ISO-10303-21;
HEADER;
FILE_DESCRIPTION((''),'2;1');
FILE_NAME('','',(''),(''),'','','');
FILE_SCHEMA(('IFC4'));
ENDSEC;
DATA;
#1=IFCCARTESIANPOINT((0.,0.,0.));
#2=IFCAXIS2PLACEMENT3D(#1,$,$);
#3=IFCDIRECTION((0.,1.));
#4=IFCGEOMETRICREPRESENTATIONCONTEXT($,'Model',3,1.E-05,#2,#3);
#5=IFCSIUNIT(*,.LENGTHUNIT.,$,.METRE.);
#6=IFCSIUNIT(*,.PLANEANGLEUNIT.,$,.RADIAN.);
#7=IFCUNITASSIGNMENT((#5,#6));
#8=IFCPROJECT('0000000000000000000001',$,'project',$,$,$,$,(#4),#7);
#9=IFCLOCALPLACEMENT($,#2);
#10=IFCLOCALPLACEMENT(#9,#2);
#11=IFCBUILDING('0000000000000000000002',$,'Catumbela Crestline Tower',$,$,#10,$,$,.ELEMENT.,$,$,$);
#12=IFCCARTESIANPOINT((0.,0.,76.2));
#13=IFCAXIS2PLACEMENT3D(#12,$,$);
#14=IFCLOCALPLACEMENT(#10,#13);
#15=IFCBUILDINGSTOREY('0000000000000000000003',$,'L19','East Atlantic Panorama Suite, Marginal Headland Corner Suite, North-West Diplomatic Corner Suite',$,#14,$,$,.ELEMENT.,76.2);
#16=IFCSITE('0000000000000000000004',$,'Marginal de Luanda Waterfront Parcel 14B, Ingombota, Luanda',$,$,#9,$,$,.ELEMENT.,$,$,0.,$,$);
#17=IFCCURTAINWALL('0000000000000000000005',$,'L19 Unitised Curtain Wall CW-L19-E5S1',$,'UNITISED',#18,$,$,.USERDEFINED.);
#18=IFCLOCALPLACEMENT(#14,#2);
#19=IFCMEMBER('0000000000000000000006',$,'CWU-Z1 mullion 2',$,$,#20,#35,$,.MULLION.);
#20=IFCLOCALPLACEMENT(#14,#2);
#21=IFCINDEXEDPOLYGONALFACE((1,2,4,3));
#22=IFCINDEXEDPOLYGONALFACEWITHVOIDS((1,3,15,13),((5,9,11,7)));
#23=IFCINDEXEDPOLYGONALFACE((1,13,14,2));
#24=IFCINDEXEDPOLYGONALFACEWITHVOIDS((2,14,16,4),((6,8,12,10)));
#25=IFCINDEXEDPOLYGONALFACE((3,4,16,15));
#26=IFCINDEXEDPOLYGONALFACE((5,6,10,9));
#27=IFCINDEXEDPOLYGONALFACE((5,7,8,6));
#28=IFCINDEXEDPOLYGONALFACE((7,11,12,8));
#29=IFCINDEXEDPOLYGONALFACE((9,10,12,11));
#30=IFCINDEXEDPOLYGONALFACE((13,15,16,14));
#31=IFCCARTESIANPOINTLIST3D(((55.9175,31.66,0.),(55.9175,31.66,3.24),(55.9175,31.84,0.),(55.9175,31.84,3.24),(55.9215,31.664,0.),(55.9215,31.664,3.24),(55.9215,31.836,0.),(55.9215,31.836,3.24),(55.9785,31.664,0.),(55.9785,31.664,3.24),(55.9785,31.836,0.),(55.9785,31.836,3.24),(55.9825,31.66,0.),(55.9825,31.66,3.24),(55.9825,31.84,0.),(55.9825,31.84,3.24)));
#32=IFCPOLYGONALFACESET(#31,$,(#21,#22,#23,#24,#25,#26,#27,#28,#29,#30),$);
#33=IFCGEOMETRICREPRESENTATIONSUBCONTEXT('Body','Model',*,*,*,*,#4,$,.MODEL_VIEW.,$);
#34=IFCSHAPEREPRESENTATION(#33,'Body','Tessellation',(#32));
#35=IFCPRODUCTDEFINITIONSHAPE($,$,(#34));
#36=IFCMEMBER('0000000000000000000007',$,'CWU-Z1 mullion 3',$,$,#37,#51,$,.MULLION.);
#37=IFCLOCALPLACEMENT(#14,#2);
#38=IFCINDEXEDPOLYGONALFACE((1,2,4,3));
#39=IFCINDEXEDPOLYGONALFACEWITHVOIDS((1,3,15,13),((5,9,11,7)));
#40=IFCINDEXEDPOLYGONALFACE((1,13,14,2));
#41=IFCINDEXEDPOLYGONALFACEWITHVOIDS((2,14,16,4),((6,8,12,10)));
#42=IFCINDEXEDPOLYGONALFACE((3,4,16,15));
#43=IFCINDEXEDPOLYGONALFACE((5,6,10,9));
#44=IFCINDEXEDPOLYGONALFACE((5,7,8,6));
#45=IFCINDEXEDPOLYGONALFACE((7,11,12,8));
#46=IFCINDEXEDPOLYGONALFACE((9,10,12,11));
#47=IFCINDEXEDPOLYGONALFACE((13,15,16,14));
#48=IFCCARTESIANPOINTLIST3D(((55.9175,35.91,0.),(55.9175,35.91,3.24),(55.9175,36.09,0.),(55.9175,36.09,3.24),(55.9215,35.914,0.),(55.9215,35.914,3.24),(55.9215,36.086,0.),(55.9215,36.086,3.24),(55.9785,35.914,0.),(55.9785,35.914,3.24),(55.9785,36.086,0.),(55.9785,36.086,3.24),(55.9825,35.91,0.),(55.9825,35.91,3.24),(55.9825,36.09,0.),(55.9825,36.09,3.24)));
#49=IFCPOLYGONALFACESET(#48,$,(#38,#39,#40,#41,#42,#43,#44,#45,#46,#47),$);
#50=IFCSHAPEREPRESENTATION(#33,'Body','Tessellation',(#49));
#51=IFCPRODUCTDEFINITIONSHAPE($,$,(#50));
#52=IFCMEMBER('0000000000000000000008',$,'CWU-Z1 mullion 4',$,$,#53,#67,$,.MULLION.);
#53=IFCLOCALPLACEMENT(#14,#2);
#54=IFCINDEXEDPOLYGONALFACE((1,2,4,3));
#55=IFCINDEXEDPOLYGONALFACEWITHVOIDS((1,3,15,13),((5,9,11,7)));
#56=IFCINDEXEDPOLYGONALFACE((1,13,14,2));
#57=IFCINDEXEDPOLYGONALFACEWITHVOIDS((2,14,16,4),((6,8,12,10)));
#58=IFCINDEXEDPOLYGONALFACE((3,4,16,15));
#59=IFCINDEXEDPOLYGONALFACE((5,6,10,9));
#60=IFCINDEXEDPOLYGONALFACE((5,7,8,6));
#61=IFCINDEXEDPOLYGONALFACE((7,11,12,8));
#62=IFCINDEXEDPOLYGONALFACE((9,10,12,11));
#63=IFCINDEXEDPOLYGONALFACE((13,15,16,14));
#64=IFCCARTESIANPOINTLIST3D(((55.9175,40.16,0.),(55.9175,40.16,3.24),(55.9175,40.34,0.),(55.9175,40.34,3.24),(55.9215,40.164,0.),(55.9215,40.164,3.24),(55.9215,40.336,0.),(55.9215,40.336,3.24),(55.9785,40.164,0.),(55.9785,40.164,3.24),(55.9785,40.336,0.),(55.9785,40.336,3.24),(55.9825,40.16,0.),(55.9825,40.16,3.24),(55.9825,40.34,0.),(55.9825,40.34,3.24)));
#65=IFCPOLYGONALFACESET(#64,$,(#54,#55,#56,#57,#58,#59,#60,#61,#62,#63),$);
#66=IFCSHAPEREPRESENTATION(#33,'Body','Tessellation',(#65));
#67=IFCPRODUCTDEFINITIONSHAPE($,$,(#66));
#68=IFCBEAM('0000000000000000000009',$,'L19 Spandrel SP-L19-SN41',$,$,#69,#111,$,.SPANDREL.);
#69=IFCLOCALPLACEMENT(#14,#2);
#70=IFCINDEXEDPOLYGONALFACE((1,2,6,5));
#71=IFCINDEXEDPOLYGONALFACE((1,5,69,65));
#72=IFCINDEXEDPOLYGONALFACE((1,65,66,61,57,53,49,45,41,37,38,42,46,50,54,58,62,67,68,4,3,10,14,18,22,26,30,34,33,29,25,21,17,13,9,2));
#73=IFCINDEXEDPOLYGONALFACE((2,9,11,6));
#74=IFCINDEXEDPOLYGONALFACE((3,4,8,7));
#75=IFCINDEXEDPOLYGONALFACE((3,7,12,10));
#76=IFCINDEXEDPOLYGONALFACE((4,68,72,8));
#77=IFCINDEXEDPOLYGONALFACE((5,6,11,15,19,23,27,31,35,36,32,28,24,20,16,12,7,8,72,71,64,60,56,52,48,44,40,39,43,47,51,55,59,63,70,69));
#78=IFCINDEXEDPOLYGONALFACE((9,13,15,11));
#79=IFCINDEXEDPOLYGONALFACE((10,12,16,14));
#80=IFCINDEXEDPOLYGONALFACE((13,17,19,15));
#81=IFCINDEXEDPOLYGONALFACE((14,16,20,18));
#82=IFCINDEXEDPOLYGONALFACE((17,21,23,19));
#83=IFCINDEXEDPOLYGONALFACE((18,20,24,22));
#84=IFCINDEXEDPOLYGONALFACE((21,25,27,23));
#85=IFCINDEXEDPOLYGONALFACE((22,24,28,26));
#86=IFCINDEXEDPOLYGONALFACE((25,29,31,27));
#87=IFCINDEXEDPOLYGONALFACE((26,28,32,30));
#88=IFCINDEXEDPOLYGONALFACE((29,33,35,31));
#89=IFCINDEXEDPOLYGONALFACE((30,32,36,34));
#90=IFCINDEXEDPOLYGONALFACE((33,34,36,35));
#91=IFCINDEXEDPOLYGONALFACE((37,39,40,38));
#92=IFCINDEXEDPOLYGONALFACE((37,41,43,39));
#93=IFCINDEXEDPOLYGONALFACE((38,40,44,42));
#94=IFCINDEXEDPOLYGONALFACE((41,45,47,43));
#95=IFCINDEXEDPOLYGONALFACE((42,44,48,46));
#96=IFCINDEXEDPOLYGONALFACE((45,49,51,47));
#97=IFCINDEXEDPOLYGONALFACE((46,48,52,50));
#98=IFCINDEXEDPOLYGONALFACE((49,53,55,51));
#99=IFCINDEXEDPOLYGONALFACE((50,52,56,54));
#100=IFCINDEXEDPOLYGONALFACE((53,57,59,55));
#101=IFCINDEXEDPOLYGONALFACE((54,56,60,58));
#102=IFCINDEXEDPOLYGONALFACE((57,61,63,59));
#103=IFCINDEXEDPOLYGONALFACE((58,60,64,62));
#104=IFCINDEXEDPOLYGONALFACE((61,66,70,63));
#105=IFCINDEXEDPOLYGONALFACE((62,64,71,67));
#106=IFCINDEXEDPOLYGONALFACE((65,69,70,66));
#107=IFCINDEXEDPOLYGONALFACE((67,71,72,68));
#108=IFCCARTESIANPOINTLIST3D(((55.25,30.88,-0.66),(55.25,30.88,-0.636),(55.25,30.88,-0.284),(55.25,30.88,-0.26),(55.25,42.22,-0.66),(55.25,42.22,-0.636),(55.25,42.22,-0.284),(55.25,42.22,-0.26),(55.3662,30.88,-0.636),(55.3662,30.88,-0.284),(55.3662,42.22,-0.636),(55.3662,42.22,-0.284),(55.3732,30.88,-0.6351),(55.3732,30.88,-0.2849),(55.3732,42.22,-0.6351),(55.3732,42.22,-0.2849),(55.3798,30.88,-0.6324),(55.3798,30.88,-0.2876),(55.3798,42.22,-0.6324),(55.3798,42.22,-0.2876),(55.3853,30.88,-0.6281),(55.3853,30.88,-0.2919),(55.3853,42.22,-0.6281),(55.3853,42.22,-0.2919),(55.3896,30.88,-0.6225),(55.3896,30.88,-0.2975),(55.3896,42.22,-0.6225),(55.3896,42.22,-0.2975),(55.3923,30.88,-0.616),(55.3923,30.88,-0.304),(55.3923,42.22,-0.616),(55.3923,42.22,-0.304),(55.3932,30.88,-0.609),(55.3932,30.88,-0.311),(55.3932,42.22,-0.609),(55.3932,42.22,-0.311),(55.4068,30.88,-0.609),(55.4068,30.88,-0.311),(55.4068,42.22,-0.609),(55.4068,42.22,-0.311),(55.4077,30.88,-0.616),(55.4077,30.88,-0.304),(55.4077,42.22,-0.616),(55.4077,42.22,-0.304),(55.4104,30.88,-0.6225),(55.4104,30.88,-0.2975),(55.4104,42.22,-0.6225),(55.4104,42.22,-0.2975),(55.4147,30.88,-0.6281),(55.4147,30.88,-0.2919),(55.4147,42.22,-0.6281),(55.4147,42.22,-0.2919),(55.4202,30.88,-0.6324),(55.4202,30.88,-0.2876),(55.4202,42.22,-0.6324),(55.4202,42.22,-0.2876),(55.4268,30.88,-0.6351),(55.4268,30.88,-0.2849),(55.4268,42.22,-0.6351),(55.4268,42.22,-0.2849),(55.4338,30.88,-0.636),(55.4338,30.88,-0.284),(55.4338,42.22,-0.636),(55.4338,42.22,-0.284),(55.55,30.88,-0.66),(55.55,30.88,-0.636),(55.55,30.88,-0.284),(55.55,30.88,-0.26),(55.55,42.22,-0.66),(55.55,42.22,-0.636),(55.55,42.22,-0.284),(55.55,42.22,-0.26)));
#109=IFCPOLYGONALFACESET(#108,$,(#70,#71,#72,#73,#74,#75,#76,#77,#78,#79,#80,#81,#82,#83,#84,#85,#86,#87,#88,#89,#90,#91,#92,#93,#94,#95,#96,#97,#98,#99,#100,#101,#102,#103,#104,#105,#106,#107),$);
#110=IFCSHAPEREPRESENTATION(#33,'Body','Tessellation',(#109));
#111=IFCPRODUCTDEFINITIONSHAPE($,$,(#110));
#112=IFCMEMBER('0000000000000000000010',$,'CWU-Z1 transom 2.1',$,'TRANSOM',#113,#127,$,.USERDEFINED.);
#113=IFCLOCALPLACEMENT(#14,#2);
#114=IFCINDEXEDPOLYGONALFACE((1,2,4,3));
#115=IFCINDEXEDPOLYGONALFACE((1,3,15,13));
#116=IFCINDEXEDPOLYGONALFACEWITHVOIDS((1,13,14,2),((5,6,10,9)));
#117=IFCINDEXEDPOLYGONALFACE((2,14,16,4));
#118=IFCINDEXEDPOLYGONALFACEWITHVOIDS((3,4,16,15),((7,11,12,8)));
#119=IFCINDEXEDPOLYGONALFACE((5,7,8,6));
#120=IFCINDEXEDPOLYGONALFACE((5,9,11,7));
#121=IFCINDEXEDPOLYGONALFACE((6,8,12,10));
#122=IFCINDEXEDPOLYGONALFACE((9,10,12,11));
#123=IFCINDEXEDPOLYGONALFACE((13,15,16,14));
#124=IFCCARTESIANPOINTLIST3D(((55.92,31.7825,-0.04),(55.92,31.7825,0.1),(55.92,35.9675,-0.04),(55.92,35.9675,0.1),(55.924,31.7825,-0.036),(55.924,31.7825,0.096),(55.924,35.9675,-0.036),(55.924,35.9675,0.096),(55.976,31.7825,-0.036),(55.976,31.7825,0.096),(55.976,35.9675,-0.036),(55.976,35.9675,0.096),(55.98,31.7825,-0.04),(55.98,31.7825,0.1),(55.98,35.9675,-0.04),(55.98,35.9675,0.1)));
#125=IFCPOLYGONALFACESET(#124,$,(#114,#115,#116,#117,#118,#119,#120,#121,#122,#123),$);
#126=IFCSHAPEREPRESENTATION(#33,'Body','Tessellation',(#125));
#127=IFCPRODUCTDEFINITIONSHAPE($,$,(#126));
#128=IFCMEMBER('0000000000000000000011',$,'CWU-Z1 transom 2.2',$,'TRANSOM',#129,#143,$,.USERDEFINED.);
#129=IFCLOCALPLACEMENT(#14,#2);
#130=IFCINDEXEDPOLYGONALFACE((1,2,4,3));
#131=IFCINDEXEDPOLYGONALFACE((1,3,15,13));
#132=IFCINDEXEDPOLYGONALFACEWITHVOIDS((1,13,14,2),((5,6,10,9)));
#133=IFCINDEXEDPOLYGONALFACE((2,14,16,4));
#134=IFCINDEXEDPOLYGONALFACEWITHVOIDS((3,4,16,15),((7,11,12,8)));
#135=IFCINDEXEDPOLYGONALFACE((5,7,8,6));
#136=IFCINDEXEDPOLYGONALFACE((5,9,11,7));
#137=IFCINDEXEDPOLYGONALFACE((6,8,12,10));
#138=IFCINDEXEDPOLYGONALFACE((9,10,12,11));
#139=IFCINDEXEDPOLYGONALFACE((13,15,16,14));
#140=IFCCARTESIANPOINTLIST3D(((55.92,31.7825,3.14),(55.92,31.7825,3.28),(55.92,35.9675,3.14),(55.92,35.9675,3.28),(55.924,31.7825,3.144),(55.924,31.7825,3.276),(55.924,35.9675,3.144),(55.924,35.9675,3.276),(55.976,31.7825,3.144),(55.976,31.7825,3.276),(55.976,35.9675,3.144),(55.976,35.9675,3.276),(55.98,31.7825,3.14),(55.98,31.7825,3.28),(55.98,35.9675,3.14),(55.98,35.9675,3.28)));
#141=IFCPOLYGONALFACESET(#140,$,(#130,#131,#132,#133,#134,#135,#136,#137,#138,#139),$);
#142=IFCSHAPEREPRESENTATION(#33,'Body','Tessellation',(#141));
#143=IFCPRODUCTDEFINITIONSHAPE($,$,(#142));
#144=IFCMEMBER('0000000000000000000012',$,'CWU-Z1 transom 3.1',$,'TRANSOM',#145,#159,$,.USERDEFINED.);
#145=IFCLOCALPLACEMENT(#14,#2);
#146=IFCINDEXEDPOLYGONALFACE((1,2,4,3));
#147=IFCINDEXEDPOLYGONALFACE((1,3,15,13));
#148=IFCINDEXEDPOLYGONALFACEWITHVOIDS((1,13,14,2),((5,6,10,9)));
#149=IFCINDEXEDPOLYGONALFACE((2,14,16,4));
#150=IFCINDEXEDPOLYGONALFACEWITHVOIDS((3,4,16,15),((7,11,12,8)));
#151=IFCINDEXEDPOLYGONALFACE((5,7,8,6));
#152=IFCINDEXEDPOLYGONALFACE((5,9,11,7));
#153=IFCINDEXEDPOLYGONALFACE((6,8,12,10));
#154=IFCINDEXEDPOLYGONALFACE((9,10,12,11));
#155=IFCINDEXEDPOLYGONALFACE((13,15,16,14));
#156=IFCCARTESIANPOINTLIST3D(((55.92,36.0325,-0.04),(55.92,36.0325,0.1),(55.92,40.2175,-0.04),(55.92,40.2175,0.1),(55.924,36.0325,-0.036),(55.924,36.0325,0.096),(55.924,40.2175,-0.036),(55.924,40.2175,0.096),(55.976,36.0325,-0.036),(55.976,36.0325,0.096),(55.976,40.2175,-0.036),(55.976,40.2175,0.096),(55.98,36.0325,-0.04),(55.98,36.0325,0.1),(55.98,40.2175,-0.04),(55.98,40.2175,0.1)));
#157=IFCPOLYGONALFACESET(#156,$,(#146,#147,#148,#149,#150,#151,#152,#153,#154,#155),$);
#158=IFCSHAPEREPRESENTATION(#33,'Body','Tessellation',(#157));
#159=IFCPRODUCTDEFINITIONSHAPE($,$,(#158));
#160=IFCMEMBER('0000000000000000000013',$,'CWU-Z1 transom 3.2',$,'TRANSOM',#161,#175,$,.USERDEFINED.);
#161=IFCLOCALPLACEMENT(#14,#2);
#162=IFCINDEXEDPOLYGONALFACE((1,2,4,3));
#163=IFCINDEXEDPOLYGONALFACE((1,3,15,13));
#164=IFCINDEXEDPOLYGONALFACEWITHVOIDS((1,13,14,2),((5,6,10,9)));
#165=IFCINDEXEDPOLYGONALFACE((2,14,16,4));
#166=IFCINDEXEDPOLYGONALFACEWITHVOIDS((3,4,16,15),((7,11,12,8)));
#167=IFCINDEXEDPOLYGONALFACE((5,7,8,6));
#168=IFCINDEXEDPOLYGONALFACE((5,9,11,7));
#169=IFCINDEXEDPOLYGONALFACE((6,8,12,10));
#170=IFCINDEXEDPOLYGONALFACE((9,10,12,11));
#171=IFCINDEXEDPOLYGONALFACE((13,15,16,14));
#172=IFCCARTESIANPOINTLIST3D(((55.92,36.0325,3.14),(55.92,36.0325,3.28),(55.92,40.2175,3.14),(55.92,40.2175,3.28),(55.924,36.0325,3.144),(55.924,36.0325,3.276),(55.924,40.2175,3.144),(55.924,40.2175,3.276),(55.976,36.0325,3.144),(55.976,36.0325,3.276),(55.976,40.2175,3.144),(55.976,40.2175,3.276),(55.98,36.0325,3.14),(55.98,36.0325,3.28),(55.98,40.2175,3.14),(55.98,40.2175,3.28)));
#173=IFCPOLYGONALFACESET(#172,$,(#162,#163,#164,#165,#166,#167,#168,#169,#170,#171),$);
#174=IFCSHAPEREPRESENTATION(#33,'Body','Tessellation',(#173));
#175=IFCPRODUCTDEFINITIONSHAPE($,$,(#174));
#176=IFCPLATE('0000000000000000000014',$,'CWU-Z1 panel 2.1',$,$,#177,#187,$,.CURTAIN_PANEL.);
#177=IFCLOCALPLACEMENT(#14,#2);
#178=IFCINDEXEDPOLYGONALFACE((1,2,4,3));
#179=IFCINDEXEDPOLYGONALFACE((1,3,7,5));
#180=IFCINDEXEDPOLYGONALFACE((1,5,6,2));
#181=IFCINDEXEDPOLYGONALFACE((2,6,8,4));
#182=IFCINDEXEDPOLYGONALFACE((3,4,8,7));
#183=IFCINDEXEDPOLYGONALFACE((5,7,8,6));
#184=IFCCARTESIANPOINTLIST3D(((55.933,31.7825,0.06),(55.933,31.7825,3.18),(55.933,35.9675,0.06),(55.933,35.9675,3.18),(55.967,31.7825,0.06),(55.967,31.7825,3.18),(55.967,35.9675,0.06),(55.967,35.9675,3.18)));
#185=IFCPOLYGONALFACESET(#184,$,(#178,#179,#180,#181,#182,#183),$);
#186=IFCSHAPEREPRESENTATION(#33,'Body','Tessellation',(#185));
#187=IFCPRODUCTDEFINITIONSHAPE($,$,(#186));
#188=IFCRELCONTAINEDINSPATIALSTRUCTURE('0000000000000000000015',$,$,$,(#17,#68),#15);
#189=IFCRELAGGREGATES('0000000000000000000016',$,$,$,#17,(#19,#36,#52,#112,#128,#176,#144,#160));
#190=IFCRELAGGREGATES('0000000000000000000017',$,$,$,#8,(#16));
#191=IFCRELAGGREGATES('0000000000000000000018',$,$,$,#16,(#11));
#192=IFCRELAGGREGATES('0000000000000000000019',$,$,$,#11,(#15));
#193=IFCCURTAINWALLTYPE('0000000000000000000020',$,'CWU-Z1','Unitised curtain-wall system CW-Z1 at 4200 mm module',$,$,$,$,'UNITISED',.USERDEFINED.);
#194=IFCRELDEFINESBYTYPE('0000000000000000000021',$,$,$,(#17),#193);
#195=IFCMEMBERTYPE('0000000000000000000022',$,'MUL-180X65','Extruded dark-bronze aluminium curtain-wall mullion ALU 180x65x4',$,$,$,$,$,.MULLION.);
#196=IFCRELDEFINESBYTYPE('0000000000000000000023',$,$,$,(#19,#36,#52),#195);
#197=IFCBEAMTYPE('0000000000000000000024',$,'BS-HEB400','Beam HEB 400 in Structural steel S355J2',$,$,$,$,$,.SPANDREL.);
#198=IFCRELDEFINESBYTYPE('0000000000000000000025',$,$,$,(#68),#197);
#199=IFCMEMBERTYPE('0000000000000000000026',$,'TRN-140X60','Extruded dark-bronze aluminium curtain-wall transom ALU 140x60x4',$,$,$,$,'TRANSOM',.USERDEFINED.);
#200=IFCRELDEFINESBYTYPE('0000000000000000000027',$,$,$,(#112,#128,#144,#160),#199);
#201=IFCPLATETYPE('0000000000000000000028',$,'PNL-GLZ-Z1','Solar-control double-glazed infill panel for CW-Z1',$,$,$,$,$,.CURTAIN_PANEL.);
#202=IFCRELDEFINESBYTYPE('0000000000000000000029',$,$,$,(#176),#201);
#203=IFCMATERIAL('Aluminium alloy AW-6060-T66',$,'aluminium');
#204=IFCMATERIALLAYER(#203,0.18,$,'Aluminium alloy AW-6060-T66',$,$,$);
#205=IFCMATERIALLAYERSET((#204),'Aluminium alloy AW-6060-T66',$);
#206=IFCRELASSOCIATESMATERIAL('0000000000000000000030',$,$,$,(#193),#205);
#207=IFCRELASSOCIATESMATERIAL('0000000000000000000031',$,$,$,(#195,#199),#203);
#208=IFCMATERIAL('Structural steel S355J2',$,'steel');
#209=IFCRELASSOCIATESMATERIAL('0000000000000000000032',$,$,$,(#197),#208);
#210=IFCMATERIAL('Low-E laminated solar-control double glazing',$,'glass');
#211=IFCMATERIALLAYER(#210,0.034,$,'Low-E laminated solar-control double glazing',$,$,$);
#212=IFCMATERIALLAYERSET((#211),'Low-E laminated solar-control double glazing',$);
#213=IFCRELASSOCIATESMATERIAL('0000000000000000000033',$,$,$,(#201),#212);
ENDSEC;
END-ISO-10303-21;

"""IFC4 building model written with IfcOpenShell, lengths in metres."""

from ifc_helpers import new_model, si_unit, direction, frame, origin, origin_2d, place, context, subcontext, project, spatial, rectangle, hollow_rectangle, i_section, extrude, material, layer, layer_set, material_profile, profile_set, type_object, element, aggregate, save


model = new_model("IFC4")

# Units and contexts
model_context = context("Model", 3, precision=1e-05, world=origin(), true_north=direction((0.0, 1.0)))
body_context = subcontext(model_context, "Body", "Model", "MODEL_VIEW")
ifc_project = project(units=[si_unit("LENGTHUNIT", "METRE"), si_unit("PLANEANGLEUNIT", "RADIAN")], contexts=[model_context])

# Site, building, storey
site_placement = place(None, origin())
site = spatial("IfcSite", under=ifc_project, at=site_placement, Name="Marginal de Luanda Waterfront Parcel 14B, Ingombota, Luanda", CompositionType="ELEMENT", RefElevation=0.0)
building_placement = place(site_placement, origin())
building = spatial("IfcBuilding", under=site, at=building_placement, Name="Catumbela Crestline Tower", CompositionType="ELEMENT")
storey_placement = place(building_placement, frame((0.0, 0.0, 76.2)))
storey = spatial("IfcBuildingStorey", under=building, at=storey_placement, Name="L19", Description="East Atlantic Panorama Suite, Marginal Headland Corner Suite, North-West Diplomatic Corner Suite", CompositionType="ELEMENT", Elevation=76.2)

# Shared definitions
ifc_material_1 = material(Name="Structural steel S355J2", Category="steel")

# Curtain wall, members
ifc_material_2 = material(Name="Aluminium alloy AW-6060-T66", Category="aluminium")
ifc_layer_1 = layer(ifc_material_2, 0.18, Name="Aluminium alloy AW-6060-T66")
ifc_layer_set_1 = layer_set([ifc_layer_1], Name="Aluminium alloy AW-6060-T66")
curtain_wall_type = type_object("IfcCurtainWallType", Name="CWU-Z1", Description="Unitised curtain-wall system CW-Z1 at 4200 mm module", ElementType="UNITISED", PredefinedType="USERDEFINED", material=ifc_layer_set_1)
curtain_wall_placement = place(storey_placement, origin())
curtain_wall = element("IfcCurtainWall", 1, at=curtain_wall_placement, inside=storey, type_object=curtain_wall_type, Name="L19 Unitised Curtain Wall CW-L19-E5S1", ObjectType="UNITISED", PredefinedType="USERDEFINED")
ifc_material_profile_1 = material_profile(ifc_material_2, hollow_rectangle(XDim=0.065, YDim=0.18, WallThickness=0.004, at=origin_2d()), Name="ALU 180x65x4")
ifc_profile_set_1 = profile_set([ifc_material_profile_1], Name="Aluminium alloy AW-6060-T66")
member_type_1 = type_object("IfcMemberType", Name="MUL-180X65", Description="Extruded dark-bronze aluminium curtain-wall mullion ALU 180x65x4", PredefinedType="MULLION", material=ifc_profile_set_1)
member_1_placement = place(storey_placement, frame((55.95, 31.75, 0.0), z_axis=(0.0, 0.0, 1.0), x_axis=(-1.0, 0.0, 0.0)))
member_1 = element("IfcMember", 2, at=member_1_placement, type_object=member_type_1, Name="CWU-Z1 mullion 2", PredefinedType="MULLION", context=body_context, shape_type="SweptSolid", body=[
    extrude(hollow_rectangle(XDim=0.065, YDim=0.18, WallThickness=0.004, at=origin_2d()), origin(), (0.0, 0.0, 1.0), 3.24),
])
member_2_placement = place(storey_placement, frame((55.95, 36.0, 0.0), z_axis=(0.0, 0.0, 1.0), x_axis=(-1.0, 0.0, 0.0)))
member_2 = element("IfcMember", 3, at=member_2_placement, type_object=member_type_1, Name="CWU-Z1 mullion 3", PredefinedType="MULLION", context=body_context, shape_type="SweptSolid", body=[
    extrude(hollow_rectangle(XDim=0.065, YDim=0.18, WallThickness=0.004, at=origin_2d()), origin(), (0.0, 0.0, 1.0), 3.24),
])
member_3_placement = place(storey_placement, frame((55.95, 40.25, 0.0), z_axis=(0.0, 0.0, 1.0), x_axis=(-1.0, 0.0, 0.0)))
member_3 = element("IfcMember", 4, at=member_3_placement, type_object=member_type_1, Name="CWU-Z1 mullion 4", PredefinedType="MULLION", context=body_context, shape_type="SweptSolid", body=[
    extrude(hollow_rectangle(XDim=0.065, YDim=0.18, WallThickness=0.004, at=origin_2d()), origin(), (0.0, 0.0, 1.0), 3.24),
])

# Beam
ifc_material_profile_2 = material_profile(ifc_material_1, i_section(OverallWidth=0.3, OverallDepth=0.4, WebThickness=0.0135, FlangeThickness=0.024, FilletRadius=0.027, at=origin_2d()), Name="HEB 400")
ifc_profile_set_2 = profile_set([ifc_material_profile_2], Name="Structural steel S355J2")
beam_type_1 = type_object("IfcBeamType", Name="BS-HEB400", Description="Beam HEB 400 in Structural steel S355J2", PredefinedType="SPANDREL", material=ifc_profile_set_2)
beam_1_placement = place(storey_placement, frame((55.4, 30.88, -0.46), z_axis=(0.0, 1.0, 0.0), x_axis=(-1.0, 0.0, 0.0)))
element("IfcBeam", 5, at=beam_1_placement, inside=storey, type_object=beam_type_1, Name="L19 Spandrel SP-L19-SN41", PredefinedType="SPANDREL", context=body_context, shape_type="SweptSolid", body=[
    extrude(i_section(OverallWidth=0.3, OverallDepth=0.4, WebThickness=0.0135, FlangeThickness=0.024, FilletRadius=0.027, at=origin_2d()), origin(), (0.0, 0.0, 1.0), 11.34),
])

# Members
ifc_material_profile_3 = material_profile(ifc_material_2, hollow_rectangle(XDim=0.06, YDim=0.14, WallThickness=0.004, at=origin_2d()), Name="ALU 140x60x4")
ifc_profile_set_3 = profile_set([ifc_material_profile_3], Name="Aluminium alloy AW-6060-T66")
member_type_2 = type_object("IfcMemberType", Name="TRN-140X60", Description="Extruded dark-bronze aluminium curtain-wall transom ALU 140x60x4", ElementType="TRANSOM", PredefinedType="USERDEFINED", material=ifc_profile_set_3)
member_4_placement = place(storey_placement, frame((55.95, 31.7825, 0.03), z_axis=(0.0, 1.0, 0.0), x_axis=(-1.0, 0.0, 0.0)))
member_4 = element("IfcMember", 6, at=member_4_placement, type_object=member_type_2, Name="CWU-Z1 transom 2.1", ObjectType="TRANSOM", PredefinedType="USERDEFINED", context=body_context, shape_type="SweptSolid", body=[
    extrude(hollow_rectangle(XDim=0.06, YDim=0.14, WallThickness=0.004, at=origin_2d()), origin(), (0.0, 0.0, 1.0), 4.185),
])
member_5_placement = place(storey_placement, frame((55.95, 31.7825, 3.21), z_axis=(0.0, 1.0, 0.0), x_axis=(-1.0, 0.0, 0.0)))
member_5 = element("IfcMember", 7, at=member_5_placement, type_object=member_type_2, Name="CWU-Z1 transom 2.2", ObjectType="TRANSOM", PredefinedType="USERDEFINED", context=body_context, shape_type="SweptSolid", body=[
    extrude(hollow_rectangle(XDim=0.06, YDim=0.14, WallThickness=0.004, at=origin_2d()), origin(), (0.0, 0.0, 1.0), 4.185),
])
member_6_placement = place(storey_placement, frame((55.95, 36.0325, 0.03), z_axis=(0.0, 1.0, 0.0), x_axis=(-1.0, 0.0, 0.0)))
member_6 = element("IfcMember", 8, at=member_6_placement, type_object=member_type_2, Name="CWU-Z1 transom 3.1", ObjectType="TRANSOM", PredefinedType="USERDEFINED", context=body_context, shape_type="SweptSolid", body=[
    extrude(hollow_rectangle(XDim=0.06, YDim=0.14, WallThickness=0.004, at=origin_2d()), origin(), (0.0, 0.0, 1.0), 4.185),
])
member_7_placement = place(storey_placement, frame((55.95, 36.0325, 3.21), z_axis=(0.0, 1.0, 0.0), x_axis=(-1.0, 0.0, 0.0)))
member_7 = element("IfcMember", 9, at=member_7_placement, type_object=member_type_2, Name="CWU-Z1 transom 3.2", ObjectType="TRANSOM", PredefinedType="USERDEFINED", context=body_context, shape_type="SweptSolid", body=[
    extrude(hollow_rectangle(XDim=0.06, YDim=0.14, WallThickness=0.004, at=origin_2d()), origin(), (0.0, 0.0, 1.0), 4.185),
])

# Plate
ifc_material_3 = material(Name="Low-E laminated solar-control double glazing", Category="glass")
ifc_layer_2 = layer(ifc_material_3, 0.034, Name="Low-E laminated solar-control double glazing")
ifc_layer_set_2 = layer_set([ifc_layer_2], Name="Low-E laminated solar-control double glazing")
plate_type = type_object("IfcPlateType", Name="PNL-GLZ-Z1", Description="Solar-control double-glazed infill panel for CW-Z1", PredefinedType="CURTAIN_PANEL", material=ifc_layer_set_2)
plate_1_placement = place(storey_placement, frame((55.95, 33.875, 0.06), z_axis=(0.0, 0.0, 1.0), x_axis=(0.0, 1.0, 0.0)))
plate_1 = element("IfcPlate", 10, at=plate_1_placement, type_object=plate_type, Name="CWU-Z1 panel 2.1", PredefinedType="CURTAIN_PANEL", context=body_context, shape_type="SweptSolid", body=[
    extrude(rectangle(XDim=4.185, YDim=0.034, at=origin_2d()), origin(), (0.0, 0.0, 1.0), 3.12),
])
aggregate(curtain_wall, [member_1, member_2, member_3, member_4, member_5, plate_1, member_6, member_7])

save(model, "model.ifc")
